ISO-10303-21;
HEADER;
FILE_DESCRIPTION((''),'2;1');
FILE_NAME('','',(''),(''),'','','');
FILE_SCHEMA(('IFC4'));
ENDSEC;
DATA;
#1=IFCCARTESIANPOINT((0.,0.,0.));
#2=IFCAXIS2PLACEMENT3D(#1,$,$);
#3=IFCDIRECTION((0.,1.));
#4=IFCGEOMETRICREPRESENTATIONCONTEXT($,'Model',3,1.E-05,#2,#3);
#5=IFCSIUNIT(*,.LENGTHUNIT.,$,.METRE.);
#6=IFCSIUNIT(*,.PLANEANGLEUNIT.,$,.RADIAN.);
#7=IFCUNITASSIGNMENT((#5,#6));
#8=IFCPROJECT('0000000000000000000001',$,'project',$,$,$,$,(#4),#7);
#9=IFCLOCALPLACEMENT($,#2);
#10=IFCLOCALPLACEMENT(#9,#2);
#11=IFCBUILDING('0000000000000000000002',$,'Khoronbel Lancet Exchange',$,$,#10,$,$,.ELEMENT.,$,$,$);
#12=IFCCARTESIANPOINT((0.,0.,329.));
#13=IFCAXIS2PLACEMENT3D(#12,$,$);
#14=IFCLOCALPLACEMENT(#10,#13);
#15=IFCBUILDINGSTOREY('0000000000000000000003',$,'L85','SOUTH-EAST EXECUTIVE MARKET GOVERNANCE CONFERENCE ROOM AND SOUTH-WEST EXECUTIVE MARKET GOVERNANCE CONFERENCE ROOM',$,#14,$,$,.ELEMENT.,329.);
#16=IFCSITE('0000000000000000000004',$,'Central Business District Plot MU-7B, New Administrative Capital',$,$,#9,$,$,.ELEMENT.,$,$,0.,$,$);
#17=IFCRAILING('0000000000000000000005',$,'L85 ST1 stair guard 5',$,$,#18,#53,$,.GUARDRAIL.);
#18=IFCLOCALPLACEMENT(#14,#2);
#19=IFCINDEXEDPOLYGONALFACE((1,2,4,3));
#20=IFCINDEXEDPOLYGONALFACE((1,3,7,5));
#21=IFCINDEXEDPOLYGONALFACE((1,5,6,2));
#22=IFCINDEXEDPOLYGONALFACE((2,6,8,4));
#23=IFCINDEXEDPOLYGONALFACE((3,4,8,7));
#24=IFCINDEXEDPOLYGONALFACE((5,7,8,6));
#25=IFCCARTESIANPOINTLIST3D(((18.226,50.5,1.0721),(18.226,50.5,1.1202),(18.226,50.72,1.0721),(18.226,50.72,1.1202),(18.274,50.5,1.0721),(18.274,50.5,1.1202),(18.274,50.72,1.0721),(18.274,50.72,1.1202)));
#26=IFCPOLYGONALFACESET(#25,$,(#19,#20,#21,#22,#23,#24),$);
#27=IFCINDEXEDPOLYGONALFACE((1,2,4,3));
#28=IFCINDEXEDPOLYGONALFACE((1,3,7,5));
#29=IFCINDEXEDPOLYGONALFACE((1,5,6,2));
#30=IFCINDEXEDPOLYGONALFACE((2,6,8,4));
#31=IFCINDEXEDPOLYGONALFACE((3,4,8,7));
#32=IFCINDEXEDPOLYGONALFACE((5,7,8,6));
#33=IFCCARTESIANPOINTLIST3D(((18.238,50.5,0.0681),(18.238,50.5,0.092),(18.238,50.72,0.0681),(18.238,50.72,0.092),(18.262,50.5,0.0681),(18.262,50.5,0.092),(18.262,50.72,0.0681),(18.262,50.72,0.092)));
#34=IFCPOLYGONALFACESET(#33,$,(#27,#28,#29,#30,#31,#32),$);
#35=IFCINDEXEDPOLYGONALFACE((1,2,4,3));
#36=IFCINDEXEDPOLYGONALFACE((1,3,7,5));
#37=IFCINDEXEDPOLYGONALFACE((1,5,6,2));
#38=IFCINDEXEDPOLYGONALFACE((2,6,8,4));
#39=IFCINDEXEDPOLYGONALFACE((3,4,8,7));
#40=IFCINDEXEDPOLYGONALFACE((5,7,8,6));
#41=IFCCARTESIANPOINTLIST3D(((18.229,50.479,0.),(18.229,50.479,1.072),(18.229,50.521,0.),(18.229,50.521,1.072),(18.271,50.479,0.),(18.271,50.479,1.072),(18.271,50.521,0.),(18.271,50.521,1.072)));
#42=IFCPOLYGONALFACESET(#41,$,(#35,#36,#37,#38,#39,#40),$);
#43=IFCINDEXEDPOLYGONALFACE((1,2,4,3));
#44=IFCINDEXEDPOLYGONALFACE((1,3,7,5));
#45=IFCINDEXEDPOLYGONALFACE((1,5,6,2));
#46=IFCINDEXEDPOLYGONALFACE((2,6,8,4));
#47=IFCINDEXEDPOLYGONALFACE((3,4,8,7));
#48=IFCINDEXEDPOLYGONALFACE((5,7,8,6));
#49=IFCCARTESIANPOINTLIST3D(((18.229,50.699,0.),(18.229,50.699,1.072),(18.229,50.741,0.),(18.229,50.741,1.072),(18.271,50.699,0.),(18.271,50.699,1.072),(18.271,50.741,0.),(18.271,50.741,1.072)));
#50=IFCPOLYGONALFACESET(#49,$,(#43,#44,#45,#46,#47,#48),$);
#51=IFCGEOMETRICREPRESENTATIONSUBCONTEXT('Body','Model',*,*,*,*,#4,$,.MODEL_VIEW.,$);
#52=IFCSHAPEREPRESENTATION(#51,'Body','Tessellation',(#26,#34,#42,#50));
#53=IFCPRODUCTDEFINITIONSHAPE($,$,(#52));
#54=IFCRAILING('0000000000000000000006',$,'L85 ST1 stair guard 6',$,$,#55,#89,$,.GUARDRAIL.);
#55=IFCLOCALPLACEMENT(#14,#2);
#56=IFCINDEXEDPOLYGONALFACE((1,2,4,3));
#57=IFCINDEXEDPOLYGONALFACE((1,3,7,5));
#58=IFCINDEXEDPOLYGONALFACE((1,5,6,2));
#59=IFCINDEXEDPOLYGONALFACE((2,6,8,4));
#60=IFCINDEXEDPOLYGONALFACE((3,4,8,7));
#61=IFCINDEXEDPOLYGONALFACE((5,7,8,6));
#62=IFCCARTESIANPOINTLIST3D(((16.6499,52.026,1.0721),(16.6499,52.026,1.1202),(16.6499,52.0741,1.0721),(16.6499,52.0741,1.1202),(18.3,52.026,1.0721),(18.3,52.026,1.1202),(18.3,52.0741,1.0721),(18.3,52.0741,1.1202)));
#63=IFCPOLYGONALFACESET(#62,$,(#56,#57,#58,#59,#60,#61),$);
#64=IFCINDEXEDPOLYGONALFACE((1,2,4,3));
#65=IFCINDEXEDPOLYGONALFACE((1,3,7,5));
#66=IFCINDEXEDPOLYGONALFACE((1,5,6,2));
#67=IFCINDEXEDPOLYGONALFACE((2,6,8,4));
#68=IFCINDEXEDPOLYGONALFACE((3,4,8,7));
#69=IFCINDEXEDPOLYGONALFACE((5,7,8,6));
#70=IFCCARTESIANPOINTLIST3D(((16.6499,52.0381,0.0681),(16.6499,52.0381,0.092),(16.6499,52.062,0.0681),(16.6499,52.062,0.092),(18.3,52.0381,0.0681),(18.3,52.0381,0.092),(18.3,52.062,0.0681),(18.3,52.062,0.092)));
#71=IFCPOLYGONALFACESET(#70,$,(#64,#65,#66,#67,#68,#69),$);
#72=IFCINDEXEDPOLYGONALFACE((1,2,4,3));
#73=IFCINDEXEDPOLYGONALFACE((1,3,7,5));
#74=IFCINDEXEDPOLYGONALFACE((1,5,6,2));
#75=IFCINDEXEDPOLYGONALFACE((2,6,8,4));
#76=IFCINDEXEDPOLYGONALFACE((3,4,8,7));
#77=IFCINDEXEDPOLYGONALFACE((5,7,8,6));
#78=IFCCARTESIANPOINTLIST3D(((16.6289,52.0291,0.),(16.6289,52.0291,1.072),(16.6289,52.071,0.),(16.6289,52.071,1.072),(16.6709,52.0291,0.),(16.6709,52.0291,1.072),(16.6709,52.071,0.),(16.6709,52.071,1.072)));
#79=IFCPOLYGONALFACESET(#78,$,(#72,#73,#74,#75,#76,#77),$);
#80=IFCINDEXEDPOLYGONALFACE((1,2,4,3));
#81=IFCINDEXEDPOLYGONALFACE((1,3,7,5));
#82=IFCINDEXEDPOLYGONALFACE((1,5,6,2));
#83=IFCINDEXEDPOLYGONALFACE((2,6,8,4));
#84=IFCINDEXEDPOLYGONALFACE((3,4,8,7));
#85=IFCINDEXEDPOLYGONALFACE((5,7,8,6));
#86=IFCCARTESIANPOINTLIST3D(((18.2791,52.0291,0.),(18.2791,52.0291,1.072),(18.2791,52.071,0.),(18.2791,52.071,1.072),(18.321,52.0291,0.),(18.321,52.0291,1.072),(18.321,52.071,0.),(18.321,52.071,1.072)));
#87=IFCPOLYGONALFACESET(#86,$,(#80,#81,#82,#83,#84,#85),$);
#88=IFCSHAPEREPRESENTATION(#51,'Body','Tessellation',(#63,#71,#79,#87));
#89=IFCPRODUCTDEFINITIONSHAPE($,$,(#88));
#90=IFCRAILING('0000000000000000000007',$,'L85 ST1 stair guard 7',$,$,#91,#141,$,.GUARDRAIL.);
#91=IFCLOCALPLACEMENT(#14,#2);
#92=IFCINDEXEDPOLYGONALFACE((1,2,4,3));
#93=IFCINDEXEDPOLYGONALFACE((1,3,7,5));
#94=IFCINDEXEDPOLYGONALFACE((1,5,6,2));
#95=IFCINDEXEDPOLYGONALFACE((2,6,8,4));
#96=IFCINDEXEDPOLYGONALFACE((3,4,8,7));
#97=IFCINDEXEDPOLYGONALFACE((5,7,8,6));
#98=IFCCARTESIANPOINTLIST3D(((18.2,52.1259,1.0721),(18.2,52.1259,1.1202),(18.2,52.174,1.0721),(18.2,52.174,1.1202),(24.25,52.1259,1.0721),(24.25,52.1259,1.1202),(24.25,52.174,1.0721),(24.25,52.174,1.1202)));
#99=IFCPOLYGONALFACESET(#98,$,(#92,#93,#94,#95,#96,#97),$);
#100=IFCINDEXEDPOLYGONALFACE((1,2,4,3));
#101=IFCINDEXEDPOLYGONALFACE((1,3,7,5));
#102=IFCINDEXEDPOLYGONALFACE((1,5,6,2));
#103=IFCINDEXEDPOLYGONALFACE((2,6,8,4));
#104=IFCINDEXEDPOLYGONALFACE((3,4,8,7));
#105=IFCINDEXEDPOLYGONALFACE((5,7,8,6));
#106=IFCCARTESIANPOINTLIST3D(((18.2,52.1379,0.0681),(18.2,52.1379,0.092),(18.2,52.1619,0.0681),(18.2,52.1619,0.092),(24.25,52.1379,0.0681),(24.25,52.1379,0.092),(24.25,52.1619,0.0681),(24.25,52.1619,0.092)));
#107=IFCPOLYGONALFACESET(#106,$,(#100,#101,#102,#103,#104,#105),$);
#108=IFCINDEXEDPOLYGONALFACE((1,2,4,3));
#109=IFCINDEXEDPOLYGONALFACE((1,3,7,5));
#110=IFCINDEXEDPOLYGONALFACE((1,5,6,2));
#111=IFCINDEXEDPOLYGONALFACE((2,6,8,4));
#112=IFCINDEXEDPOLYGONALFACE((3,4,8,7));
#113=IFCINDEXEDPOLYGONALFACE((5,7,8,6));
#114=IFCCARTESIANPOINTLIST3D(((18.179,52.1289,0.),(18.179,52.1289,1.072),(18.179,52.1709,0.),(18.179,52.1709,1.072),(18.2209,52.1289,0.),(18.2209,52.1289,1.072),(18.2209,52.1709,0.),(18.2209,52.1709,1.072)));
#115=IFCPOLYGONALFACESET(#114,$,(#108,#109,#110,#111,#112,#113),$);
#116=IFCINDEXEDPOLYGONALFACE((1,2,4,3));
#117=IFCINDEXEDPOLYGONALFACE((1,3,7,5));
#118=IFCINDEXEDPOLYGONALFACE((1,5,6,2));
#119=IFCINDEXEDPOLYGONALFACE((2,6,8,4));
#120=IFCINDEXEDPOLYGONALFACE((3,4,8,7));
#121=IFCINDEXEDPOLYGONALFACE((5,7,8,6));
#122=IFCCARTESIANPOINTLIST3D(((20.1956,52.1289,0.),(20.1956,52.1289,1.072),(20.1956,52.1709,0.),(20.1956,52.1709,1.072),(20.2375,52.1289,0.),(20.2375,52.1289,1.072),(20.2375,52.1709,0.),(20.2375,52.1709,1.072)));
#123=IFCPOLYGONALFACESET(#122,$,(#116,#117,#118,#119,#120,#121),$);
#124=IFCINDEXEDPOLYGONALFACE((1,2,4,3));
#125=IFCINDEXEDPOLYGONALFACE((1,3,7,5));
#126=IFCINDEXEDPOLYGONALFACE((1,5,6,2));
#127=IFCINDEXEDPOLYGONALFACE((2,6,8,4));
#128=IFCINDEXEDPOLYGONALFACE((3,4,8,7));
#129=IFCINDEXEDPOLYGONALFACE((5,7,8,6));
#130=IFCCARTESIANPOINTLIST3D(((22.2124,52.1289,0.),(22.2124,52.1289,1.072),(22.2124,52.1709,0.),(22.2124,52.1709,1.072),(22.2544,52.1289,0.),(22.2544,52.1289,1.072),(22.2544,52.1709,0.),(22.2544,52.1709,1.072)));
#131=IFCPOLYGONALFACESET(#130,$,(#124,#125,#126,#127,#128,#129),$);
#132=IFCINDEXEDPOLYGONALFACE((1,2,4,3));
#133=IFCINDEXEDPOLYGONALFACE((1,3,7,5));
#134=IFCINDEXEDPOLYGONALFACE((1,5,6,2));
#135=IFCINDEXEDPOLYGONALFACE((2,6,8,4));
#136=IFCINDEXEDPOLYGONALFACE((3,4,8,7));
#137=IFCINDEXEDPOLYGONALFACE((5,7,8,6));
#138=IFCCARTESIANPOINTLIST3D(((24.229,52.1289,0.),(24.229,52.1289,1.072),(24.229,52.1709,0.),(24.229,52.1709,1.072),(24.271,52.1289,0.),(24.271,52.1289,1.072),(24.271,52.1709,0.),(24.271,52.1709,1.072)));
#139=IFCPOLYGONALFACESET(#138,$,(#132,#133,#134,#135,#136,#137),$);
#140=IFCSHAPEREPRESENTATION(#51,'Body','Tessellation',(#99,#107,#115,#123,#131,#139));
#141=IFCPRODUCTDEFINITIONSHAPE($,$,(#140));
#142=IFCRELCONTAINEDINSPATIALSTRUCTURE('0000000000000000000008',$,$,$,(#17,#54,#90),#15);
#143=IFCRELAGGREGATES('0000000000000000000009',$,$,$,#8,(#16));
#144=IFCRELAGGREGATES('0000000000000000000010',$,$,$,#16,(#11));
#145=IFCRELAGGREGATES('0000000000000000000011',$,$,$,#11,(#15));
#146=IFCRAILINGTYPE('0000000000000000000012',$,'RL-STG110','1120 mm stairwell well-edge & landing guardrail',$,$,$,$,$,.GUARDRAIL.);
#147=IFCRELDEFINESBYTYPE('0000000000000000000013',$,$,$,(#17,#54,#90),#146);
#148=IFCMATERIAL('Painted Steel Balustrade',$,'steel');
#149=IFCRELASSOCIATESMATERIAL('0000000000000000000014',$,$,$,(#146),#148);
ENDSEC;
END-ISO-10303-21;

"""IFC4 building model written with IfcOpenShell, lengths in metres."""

from ifc_helpers import new_model, si_unit, direction, frame, origin, origin_2d, place, context, subcontext, project, spatial, rectangle, extrude, material, type_object, element, save


model = new_model("IFC4")

# Units and contexts
model_context = context("Model", 3, precision=1e-05, world=origin(), true_north=direction((0.0, 1.0)))
body_context = subcontext(model_context, "Body", "Model", "MODEL_VIEW")
ifc_project = project(units=[si_unit("LENGTHUNIT", "METRE"), si_unit("PLANEANGLEUNIT", "RADIAN")], contexts=[model_context])

# Site, building, storey
site_placement = place(None, origin())
site = spatial("IfcSite", under=ifc_project, at=site_placement, Name="Central Business District Plot MU-7B, New Administrative Capital", CompositionType="ELEMENT", RefElevation=0.0)
building_placement = place(site_placement, origin())
building = spatial("IfcBuilding", under=site, at=building_placement, Name="Khoronbel Lancet Exchange", CompositionType="ELEMENT")
storey_placement = place(building_placement, frame((0.0, 0.0, 329.0)))
storey = spatial("IfcBuildingStorey", under=building, at=storey_placement, Name="L85", Description="SOUTH-EAST EXECUTIVE MARKET GOVERNANCE CONFERENCE ROOM AND SOUTH-WEST EXECUTIVE MARKET GOVERNANCE CONFERENCE ROOM", CompositionType="ELEMENT", Elevation=329.0)

# Railings
ifc_material_1 = material(Name="Painted Steel Balustrade", Category="steel")
railing_type = type_object("IfcRailingType", Name="RL-STG110", Description="1120 mm stairwell well-edge & landing guardrail", PredefinedType="GUARDRAIL", material=ifc_material_1)
railing_1_placement = place(storey_placement, frame((18.25, 50.5, 0.0)))
element("IfcRailing", 1, at=railing_1_placement, inside=storey, type_object=railing_type, Name="L85 ST1 stair guard 5", PredefinedType="GUARDRAIL", context=body_context, shape_type="SweptSolid", body=[
    extrude(rectangle(XDim=0.0481, YDim=0.0481, at=origin_2d()), frame((0.0, 0.0, 1.0962), z_axis=(0.0, 1.0, 0.0), x_axis=(-1.0, 0.0, 0.0)), (0.0, 0.0, 1.0), 0.22),
    extrude(rectangle(XDim=0.0239, YDim=0.0239, at=origin_2d()), frame((0.0, 0.0, 0.0801), z_axis=(0.0, 1.0, 0.0), x_axis=(-1.0, 0.0, 0.0)), (0.0, 0.0, 1.0), 0.22),
    extrude(rectangle(XDim=0.042, YDim=0.042, at=origin_2d()), origin(), (0.0, 0.0, 1.0), 1.072),
    extrude(rectangle(XDim=0.042, YDim=0.042, at=origin_2d()), frame((0.0, 0.22, 0.0)), (0.0, 0.0, 1.0), 1.072),
])
railing_2_placement = place(storey_placement, frame((16.6499, 52.05, 0.0)))
element("IfcRailing", 2, at=railing_2_placement, inside=storey, type_object=railing_type, Name="L85 ST1 stair guard 6", PredefinedType="GUARDRAIL", context=body_context, shape_type="SweptSolid", body=[
    extrude(rectangle(XDim=0.0481, YDim=0.0481, at=origin_2d()), frame((0.0, 0.0, 1.0962), z_axis=(1.0, 0.0, 0.0), x_axis=(0.0, 1.0, 0.0)), (0.0, 0.0, 1.0), 1.6501),
    extrude(rectangle(XDim=0.0239, YDim=0.0239, at=origin_2d()), frame((0.0, 0.0, 0.0801), z_axis=(1.0, 0.0, 0.0), x_axis=(0.0, 1.0, 0.0)), (0.0, 0.0, 1.0), 1.6501),
    extrude(rectangle(XDim=0.042, YDim=0.042, at=origin_2d()), origin(), (0.0, 0.0, 1.0), 1.072),
    extrude(rectangle(XDim=0.042, YDim=0.042, at=origin_2d()), frame((1.6501, 0.0, 0.0)), (0.0, 0.0, 1.0), 1.072),
])
railing_3_placement = place(storey_placement, frame((18.2, 52.1499, 0.0)))
element("IfcRailing", 3, at=railing_3_placement, inside=storey, type_object=railing_type, Name="L85 ST1 stair guard 7", PredefinedType="GUARDRAIL", context=body_context, shape_type="SweptSolid", body=[
    extrude(rectangle(XDim=0.0481, YDim=0.0481, at=origin_2d()), frame((0.0, 0.0, 1.0962), z_axis=(1.0, 0.0, 0.0), x_axis=(0.0, 1.0, 0.0)), (0.0, 0.0, 1.0), 6.05),
    extrude(rectangle(XDim=0.0239, YDim=0.0239, at=origin_2d()), frame((0.0, 0.0, 0.0801), z_axis=(1.0, 0.0, 0.0), x_axis=(0.0, 1.0, 0.0)), (0.0, 0.0, 1.0), 6.05),
    extrude(rectangle(XDim=0.042, YDim=0.042, at=origin_2d()), origin(), (0.0, 0.0, 1.0), 1.072),
    extrude(rectangle(XDim=0.042, YDim=0.042, at=origin_2d()), frame((2.0166, 0.0, 0.0)), (0.0, 0.0, 1.0), 1.072),
    extrude(rectangle(XDim=0.042, YDim=0.042, at=origin_2d()), frame((4.0334, 0.0, 0.0)), (0.0, 0.0, 1.0), 1.072),
    extrude(rectangle(XDim=0.042, YDim=0.042, at=origin_2d()), frame((6.05, 0.0, 0.0)), (0.0, 0.0, 1.0), 1.072),
])

save(model, "model.ifc")
